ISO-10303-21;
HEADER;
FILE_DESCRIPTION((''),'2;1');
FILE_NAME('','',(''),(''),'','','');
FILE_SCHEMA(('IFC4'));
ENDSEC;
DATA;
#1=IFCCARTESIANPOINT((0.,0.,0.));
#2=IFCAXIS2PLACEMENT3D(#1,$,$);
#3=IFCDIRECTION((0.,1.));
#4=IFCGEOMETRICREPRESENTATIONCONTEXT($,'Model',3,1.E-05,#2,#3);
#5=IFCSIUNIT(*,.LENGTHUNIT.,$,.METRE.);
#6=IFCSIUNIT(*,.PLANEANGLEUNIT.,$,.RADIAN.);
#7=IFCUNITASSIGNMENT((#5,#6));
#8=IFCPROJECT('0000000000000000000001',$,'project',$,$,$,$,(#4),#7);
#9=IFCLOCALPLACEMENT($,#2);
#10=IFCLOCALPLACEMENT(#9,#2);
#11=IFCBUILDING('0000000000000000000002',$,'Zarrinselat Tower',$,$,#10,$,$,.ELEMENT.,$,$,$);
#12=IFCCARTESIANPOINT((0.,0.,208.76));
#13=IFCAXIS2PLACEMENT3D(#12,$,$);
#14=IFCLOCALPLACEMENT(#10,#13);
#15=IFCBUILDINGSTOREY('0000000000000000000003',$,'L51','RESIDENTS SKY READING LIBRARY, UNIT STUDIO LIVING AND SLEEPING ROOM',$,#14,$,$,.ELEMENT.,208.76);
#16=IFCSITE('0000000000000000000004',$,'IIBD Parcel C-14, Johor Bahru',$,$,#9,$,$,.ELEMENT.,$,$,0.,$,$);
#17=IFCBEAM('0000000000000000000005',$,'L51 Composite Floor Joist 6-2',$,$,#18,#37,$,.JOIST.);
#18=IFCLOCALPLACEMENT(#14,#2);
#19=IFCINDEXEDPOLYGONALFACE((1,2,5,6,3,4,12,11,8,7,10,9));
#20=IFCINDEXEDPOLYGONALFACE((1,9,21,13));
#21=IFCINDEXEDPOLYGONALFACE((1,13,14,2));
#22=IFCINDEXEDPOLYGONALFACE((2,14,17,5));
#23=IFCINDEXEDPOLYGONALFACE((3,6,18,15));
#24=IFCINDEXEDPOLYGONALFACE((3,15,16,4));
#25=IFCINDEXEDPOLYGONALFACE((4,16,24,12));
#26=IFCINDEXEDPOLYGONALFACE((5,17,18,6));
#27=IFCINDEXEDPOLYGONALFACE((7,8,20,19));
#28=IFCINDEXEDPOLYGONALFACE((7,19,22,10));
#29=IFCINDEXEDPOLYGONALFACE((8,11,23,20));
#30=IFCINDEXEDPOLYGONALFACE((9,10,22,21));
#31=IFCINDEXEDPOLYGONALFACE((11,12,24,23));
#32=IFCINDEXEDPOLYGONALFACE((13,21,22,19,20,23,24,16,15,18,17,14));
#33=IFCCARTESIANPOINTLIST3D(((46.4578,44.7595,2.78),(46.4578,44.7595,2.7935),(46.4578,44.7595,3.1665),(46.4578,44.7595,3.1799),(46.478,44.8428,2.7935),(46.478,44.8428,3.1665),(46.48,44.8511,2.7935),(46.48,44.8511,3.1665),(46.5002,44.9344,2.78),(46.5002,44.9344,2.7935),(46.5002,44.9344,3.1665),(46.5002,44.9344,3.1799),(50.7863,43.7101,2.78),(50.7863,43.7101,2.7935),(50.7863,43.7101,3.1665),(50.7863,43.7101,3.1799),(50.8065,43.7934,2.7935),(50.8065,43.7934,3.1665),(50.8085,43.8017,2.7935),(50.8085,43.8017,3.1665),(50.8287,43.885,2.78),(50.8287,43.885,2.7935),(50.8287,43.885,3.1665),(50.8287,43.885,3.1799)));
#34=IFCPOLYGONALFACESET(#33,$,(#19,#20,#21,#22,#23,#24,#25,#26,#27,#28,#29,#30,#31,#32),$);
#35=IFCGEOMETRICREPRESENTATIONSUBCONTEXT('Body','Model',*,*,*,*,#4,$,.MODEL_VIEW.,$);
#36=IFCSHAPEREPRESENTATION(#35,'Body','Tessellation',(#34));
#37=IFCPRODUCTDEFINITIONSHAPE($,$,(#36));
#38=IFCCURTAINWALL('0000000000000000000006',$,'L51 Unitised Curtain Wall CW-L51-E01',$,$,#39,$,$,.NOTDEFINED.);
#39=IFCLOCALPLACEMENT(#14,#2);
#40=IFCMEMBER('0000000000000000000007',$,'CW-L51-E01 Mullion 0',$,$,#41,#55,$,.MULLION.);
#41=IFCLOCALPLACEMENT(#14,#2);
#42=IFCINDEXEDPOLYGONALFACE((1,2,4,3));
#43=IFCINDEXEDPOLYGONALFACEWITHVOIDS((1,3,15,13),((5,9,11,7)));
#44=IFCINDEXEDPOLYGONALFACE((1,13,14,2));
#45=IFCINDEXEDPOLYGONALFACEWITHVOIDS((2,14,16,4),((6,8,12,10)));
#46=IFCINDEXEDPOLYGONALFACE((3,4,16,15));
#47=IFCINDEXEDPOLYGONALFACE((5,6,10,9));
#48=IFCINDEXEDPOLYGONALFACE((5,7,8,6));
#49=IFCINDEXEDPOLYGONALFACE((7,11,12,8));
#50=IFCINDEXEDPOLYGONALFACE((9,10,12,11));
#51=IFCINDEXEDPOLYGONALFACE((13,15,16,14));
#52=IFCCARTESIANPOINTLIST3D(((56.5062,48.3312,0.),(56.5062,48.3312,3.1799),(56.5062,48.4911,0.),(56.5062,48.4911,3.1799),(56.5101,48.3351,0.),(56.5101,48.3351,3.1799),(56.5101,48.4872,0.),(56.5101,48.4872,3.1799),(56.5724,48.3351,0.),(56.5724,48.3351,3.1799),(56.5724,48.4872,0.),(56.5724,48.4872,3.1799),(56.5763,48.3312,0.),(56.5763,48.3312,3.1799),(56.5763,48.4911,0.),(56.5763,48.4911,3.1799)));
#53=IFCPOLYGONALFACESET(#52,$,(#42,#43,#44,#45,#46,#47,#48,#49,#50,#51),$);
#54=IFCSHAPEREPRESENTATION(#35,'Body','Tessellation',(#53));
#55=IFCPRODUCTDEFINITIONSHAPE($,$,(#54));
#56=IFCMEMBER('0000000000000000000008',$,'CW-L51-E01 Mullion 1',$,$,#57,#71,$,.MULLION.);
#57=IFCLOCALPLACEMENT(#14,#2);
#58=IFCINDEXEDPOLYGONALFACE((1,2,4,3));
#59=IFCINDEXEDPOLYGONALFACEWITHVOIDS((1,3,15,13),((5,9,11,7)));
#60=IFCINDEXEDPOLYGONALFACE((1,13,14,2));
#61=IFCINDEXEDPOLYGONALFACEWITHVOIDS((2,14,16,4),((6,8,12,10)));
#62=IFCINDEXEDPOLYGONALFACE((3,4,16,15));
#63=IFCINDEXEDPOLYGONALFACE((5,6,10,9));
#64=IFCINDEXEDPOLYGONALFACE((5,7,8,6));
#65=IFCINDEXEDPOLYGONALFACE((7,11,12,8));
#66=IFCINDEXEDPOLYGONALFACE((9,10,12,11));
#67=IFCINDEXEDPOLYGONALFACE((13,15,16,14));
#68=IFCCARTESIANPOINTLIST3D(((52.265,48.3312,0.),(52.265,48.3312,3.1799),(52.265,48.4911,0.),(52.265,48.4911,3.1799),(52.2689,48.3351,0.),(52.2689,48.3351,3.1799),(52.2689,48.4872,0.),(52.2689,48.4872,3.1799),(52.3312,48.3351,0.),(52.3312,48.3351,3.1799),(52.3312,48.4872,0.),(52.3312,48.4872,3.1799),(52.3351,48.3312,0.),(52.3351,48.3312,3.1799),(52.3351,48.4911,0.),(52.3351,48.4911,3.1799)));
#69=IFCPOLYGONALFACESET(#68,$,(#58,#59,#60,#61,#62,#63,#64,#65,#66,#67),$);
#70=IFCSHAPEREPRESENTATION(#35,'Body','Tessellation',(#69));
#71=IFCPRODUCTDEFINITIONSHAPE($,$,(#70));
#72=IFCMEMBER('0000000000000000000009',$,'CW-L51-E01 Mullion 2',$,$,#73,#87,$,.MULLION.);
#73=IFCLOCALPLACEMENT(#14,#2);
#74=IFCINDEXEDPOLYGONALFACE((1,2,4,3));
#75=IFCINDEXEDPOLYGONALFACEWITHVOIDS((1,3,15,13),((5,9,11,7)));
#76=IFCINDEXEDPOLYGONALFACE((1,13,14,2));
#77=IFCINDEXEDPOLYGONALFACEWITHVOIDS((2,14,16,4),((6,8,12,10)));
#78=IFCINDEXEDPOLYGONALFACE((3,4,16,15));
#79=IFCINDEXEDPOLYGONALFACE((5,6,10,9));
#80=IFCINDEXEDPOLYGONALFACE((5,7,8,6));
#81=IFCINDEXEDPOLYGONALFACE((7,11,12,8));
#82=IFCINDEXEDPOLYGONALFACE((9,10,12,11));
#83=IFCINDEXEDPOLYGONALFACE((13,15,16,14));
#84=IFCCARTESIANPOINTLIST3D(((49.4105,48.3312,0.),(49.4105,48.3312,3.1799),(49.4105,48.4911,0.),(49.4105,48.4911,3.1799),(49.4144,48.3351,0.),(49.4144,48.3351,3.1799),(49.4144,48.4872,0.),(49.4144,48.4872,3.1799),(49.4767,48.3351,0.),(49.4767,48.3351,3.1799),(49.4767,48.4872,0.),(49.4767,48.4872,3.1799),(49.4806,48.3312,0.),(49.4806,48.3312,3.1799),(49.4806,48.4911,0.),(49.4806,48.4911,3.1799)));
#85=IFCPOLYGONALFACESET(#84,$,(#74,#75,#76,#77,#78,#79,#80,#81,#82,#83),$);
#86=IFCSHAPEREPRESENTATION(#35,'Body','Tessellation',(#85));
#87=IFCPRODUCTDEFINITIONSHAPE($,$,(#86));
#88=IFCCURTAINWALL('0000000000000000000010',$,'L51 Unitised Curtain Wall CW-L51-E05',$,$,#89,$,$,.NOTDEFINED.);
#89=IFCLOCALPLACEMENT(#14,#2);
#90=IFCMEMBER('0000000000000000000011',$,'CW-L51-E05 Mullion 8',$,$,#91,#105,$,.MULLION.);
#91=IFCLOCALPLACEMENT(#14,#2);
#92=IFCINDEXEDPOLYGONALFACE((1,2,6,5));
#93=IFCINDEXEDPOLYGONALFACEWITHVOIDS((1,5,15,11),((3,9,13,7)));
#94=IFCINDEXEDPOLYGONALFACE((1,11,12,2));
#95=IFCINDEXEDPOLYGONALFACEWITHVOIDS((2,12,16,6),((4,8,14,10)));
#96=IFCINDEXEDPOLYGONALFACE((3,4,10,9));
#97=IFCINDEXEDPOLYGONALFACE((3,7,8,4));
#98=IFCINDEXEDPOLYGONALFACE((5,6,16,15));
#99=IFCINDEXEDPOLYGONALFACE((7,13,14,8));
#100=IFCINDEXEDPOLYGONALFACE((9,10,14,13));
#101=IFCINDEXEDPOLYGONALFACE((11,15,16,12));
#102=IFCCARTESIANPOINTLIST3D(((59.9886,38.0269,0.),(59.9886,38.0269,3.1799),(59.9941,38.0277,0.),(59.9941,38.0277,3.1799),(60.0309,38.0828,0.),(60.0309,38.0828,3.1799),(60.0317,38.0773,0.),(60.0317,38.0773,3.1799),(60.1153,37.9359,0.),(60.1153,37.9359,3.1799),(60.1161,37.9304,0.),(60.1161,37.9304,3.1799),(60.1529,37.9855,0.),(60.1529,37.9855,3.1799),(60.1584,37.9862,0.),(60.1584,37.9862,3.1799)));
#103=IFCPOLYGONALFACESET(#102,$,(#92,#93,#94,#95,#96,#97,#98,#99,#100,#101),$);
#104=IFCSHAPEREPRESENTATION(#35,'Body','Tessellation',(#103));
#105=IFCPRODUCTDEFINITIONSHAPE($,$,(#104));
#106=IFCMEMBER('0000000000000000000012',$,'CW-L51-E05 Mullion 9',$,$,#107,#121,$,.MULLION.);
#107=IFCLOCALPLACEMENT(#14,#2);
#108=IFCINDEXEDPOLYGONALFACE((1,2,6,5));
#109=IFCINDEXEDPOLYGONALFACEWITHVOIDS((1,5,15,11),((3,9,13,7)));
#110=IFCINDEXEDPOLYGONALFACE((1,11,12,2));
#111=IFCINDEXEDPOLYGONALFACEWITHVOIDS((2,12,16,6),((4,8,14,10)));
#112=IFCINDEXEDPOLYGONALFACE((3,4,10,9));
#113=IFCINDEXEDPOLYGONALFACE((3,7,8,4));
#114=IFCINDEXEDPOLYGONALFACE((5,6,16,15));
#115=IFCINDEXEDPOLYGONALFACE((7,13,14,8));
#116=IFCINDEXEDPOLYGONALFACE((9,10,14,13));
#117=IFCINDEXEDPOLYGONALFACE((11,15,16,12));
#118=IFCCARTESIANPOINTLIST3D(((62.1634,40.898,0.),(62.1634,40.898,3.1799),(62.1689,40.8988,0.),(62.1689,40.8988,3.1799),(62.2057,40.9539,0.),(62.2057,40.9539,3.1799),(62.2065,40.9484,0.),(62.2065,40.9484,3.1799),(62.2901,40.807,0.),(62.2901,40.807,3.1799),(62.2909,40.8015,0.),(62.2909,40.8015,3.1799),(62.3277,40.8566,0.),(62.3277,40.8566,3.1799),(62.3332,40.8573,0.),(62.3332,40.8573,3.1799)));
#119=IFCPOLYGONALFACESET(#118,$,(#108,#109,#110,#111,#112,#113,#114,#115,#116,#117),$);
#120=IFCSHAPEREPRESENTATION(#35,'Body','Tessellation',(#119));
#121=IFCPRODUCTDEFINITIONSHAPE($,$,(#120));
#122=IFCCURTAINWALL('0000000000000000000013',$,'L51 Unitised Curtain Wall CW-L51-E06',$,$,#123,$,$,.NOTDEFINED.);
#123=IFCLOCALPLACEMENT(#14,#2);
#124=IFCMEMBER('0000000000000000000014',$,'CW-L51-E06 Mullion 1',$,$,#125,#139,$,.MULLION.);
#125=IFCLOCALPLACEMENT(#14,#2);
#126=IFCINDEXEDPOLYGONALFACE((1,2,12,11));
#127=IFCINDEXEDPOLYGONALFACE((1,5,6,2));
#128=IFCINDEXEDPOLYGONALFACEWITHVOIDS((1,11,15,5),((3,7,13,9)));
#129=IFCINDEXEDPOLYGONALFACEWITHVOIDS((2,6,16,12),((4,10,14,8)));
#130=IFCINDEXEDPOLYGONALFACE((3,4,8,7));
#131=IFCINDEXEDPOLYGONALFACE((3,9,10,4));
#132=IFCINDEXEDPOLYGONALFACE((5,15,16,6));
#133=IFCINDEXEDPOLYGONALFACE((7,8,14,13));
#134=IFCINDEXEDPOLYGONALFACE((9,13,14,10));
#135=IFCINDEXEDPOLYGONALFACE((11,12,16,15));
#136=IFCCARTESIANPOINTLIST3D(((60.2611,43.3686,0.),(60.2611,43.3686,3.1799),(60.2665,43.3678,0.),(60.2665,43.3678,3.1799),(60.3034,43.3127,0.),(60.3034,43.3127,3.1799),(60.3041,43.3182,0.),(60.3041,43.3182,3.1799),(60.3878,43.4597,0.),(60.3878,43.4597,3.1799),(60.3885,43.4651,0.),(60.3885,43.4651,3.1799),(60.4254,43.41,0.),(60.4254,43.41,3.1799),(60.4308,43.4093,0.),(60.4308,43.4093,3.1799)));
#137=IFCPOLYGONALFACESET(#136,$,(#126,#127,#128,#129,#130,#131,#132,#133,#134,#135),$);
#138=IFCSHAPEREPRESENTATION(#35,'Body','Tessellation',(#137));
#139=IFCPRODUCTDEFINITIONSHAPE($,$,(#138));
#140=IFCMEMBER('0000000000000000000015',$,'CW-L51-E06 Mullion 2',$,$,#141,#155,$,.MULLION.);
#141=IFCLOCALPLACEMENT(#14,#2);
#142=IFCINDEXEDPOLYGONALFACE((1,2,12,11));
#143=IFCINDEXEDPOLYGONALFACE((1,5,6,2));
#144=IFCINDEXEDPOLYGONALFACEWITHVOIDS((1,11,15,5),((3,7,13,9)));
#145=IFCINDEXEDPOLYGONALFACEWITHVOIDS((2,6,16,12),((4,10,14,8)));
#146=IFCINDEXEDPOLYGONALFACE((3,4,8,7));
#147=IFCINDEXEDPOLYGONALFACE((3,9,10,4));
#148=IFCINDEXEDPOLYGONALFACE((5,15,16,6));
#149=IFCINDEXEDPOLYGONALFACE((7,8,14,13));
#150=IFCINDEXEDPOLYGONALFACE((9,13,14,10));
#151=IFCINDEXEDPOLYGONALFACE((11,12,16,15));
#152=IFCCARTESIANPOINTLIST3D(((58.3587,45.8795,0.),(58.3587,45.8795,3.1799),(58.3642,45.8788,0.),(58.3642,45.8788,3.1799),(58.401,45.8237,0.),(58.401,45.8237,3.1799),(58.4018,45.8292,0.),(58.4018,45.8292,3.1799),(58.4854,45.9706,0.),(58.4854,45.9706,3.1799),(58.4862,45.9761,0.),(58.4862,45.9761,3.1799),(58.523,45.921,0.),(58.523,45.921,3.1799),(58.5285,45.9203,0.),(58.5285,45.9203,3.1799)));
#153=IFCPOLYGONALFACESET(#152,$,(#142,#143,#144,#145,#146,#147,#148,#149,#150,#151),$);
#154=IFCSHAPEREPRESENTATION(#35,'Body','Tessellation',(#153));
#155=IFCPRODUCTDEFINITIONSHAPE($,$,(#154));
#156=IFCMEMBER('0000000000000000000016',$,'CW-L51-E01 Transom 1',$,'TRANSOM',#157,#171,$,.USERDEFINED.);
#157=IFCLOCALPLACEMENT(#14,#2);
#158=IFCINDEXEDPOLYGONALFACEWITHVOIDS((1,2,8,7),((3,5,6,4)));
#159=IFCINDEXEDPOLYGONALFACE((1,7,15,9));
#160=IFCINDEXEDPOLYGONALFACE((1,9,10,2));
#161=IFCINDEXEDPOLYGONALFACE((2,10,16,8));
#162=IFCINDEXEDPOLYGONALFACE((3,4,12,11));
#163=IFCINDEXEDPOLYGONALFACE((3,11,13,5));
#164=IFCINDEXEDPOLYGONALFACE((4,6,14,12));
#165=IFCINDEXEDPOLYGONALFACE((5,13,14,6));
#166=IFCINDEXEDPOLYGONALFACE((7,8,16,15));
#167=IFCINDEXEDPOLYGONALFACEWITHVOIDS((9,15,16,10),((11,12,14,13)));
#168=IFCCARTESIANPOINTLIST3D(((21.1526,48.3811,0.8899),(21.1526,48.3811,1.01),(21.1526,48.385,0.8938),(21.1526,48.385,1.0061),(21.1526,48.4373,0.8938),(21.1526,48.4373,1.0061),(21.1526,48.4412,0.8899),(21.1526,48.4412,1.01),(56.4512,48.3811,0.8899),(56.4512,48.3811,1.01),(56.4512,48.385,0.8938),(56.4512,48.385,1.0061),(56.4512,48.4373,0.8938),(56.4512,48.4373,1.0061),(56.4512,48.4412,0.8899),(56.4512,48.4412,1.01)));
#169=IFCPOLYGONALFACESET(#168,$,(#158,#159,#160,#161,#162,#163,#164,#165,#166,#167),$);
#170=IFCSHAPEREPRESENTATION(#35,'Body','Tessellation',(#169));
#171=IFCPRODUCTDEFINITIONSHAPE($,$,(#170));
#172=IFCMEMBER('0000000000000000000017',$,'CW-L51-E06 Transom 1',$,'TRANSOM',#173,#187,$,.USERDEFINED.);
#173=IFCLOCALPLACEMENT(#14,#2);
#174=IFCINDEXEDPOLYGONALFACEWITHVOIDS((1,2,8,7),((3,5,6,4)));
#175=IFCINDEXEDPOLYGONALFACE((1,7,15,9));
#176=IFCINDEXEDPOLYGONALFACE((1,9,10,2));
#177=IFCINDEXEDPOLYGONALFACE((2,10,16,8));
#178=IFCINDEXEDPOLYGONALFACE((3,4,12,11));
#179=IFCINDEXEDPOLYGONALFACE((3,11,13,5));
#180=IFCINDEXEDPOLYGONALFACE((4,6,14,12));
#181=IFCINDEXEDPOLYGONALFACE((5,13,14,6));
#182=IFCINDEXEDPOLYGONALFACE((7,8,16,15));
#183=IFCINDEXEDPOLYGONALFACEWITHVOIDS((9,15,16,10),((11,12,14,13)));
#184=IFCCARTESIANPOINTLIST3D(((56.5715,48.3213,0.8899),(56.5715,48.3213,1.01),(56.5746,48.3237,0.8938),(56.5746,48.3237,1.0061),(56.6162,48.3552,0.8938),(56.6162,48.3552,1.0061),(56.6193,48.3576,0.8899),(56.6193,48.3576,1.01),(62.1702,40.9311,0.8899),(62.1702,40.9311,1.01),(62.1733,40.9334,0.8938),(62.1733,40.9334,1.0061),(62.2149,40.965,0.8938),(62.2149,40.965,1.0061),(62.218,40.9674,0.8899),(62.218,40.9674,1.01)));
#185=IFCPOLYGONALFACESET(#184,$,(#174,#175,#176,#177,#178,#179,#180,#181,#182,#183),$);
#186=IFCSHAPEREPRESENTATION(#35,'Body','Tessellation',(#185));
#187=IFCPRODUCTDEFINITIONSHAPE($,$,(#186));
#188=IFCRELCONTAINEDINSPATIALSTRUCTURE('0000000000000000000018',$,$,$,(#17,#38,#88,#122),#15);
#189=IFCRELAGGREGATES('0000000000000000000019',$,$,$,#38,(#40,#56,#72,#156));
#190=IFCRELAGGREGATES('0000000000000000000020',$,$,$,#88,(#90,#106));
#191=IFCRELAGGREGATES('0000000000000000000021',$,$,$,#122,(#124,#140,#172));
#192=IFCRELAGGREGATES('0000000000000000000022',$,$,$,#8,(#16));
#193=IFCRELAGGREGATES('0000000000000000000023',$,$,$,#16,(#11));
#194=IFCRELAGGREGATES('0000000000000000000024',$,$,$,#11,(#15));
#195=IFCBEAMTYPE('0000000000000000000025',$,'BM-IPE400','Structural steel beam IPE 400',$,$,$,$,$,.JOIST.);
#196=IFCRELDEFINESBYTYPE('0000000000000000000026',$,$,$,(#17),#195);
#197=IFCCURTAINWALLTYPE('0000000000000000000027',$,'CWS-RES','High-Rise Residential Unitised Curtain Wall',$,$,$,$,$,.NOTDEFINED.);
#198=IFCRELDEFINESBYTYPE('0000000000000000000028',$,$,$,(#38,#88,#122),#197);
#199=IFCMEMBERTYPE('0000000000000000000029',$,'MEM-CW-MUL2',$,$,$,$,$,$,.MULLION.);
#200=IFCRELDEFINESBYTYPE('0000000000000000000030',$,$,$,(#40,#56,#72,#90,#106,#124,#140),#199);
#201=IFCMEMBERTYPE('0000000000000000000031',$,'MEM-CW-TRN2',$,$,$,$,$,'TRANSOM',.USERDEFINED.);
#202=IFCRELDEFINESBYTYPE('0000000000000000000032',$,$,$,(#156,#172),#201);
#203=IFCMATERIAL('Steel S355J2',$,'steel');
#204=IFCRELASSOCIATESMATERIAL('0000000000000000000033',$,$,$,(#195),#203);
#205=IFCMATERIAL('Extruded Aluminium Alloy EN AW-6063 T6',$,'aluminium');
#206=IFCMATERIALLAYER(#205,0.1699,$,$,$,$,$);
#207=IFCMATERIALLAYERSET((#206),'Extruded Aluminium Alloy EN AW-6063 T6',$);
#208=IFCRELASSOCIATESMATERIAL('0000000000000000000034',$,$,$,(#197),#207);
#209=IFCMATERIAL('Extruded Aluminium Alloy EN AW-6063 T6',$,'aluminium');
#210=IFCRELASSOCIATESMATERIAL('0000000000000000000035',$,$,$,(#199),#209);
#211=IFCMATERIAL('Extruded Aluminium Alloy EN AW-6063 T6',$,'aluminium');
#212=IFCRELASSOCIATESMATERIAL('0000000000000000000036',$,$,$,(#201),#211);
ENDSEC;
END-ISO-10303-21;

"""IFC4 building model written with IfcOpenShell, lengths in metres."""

from ifc_helpers import new_model, si_unit, direction, frame, origin, origin_2d, place, context, subcontext, project, spatial, hollow_rectangle, i_section, extrude, material, layer, layer_set, material_profile, profile_set, type_object, element, aggregate, save


model = new_model("IFC4")

# Units and contexts
model_context = context("Model", 3, precision=1e-05, world=origin(), true_north=direction((0.0, 1.0)))
body_context = subcontext(model_context, "Body", "Model", "MODEL_VIEW")
ifc_project = project(units=[si_unit("LENGTHUNIT", "METRE"), si_unit("PLANEANGLEUNIT", "RADIAN")], contexts=[model_context])

# Site, building, storey
site_placement = place(None, origin())
site = spatial("IfcSite", under=ifc_project, at=site_placement, Name="IIBD Parcel C-14, Johor Bahru", CompositionType="ELEMENT", RefElevation=0.0)
building_placement = place(site_placement, origin())
building = spatial("IfcBuilding", under=site, at=building_placement, Name="Zarrinselat Tower", CompositionType="ELEMENT")
storey_placement = place(building_placement, frame((0.0, 0.0, 208.76)))
storey = spatial("IfcBuildingStorey", under=building, at=storey_placement, Name="L51", Description="RESIDENTS SKY READING LIBRARY, UNIT STUDIO LIVING AND SLEEPING ROOM", CompositionType="ELEMENT", Elevation=208.76)

# Beam
ifc_material_1 = material(Name="Steel S355J2", Category="steel")
ifc_material_profile_1 = material_profile(ifc_material_1, i_section(OverallWidth=0.1799, OverallDepth=0.3999, WebThickness=0.0085, FlangeThickness=0.0134, at=origin_2d()), Name="IPE 400")
ifc_profile_set_1 = profile_set([ifc_material_profile_1], Name="Steel S355J2")
beam_type_1 = type_object("IfcBeamType", Name="BM-IPE400", Description="Structural steel beam IPE 400", PredefinedType="JOIST", material=ifc_profile_set_1)
beam_1_placement = place(storey_placement, frame((46.479, 44.8469, 2.98), z_axis=(0.971849, -0.235603, 0.0), x_axis=(0.235603, 0.971849, 0.0)))
element("IfcBeam", 1, at=beam_1_placement, inside=storey, type_object=beam_type_1, Name="L51 Composite Floor Joist 6-2", PredefinedType="JOIST", context=body_context, shape_type="SweptSolid", body=[
    extrude(i_section(OverallWidth=0.1799, OverallDepth=0.3999, WebThickness=0.0085, FlangeThickness=0.0134, at=origin_2d()), origin(), (0.0, 0.0, 1.0), 4.4539),
])

# Curtain walls, members
ifc_material_2 = material(Name="Extruded Aluminium Alloy EN AW-6063 T6", Category="aluminium")
ifc_layer_1 = layer(ifc_material_2, 0.1699)
ifc_layer_set_1 = layer_set([ifc_layer_1], Name="Extruded Aluminium Alloy EN AW-6063 T6")
curtain_wall_type = type_object("IfcCurtainWallType", Name="CWS-RES", Description="High-Rise Residential Unitised Curtain Wall", PredefinedType="NOTDEFINED", material=ifc_layer_set_1)
curtain_wall_1_placement = place(storey_placement, origin())
curtain_wall_1 = element("IfcCurtainWall", 2, at=curtain_wall_1_placement, inside=storey, type_object=curtain_wall_type, Name="L51 Unitised Curtain Wall CW-L51-E01", PredefinedType="NOTDEFINED")
ifc_material_3 = material(Name="Extruded Aluminium Alloy EN AW-6063 T6", Category="aluminium")
ifc_material_profile_2 = material_profile(ifc_material_3, hollow_rectangle(XDim=0.0701, YDim=0.1599, WallThickness=0.0039, at=origin_2d()), Name="RHS 160x70x4")
ifc_profile_set_2 = profile_set([ifc_material_profile_2], Name="Extruded Aluminium Alloy EN AW-6063 T6")
member_type_1 = type_object("IfcMemberType", Name="MEM-CW-MUL2", PredefinedType="MULLION", material=ifc_profile_set_2)
member_1_placement = place(storey_placement, frame((56.5413, 48.4111, 0.0), z_axis=(0.0, 0.0, 1.0), x_axis=(-1.0, 0.0, 0.0)))
member_1 = element("IfcMember", 3, at=member_1_placement, type_object=member_type_1, Name="CW-L51-E01 Mullion 0", PredefinedType="MULLION", context=body_context, shape_type="SweptSolid", body=[
    extrude(hollow_rectangle(XDim=0.0701, YDim=0.1599, WallThickness=0.0039, at=origin_2d()), origin(), (0.0, 0.0, 1.0), 3.1799),
])
member_2_placement = place(storey_placement, frame((52.3, 48.4111, 0.0), z_axis=(0.0, 0.0, 1.0), x_axis=(-1.0, 0.0, 0.0)))
member_2 = element("IfcMember", 4, at=member_2_placement, type_object=member_type_1, Name="CW-L51-E01 Mullion 1", PredefinedType="MULLION", context=body_context, shape_type="SweptSolid", body=[
    extrude(hollow_rectangle(XDim=0.0701, YDim=0.1599, WallThickness=0.0039, at=origin_2d()), origin(), (0.0, 0.0, 1.0), 3.1799),
])
member_3_placement = place(storey_placement, frame((49.4456, 48.4111, 0.0), z_axis=(0.0, 0.0, 1.0), x_axis=(-1.0, 0.0, 0.0)))
member_3 = element("IfcMember", 5, at=member_3_placement, type_object=member_type_1, Name="CW-L51-E01 Mullion 2", PredefinedType="MULLION", context=body_context, shape_type="SweptSolid", body=[
    extrude(hollow_rectangle(XDim=0.0701, YDim=0.1599, WallThickness=0.0039, at=origin_2d()), origin(), (0.0, 0.0, 1.0), 3.1799),
])
curtain_wall_2_placement = place(storey_placement, origin())
curtain_wall_2 = element("IfcCurtainWall", 6, at=curtain_wall_2_placement, inside=storey, type_object=curtain_wall_type, Name="L51 Unitised Curtain Wall CW-L51-E05", PredefinedType="NOTDEFINED")
member_4_placement = place(storey_placement, frame((60.0735, 38.0066, 0.0), z_axis=(0.0, 0.0, 1.0), x_axis=(0.603859, 0.797091, 0.0)))
member_4 = element("IfcMember", 7, at=member_4_placement, type_object=member_type_1, Name="CW-L51-E05 Mullion 8", PredefinedType="MULLION", context=body_context, shape_type="SweptSolid", body=[
    extrude(hollow_rectangle(XDim=0.0701, YDim=0.1599, WallThickness=0.0039, at=origin_2d()), origin(), (0.0, 0.0, 1.0), 3.1799),
])
member_5_placement = place(storey_placement, frame((62.2483, 40.8777, 0.0), z_axis=(0.0, 0.0, 1.0), x_axis=(0.603859, 0.797091, 0.0)))
member_5 = element("IfcMember", 8, at=member_5_placement, type_object=member_type_1, Name="CW-L51-E05 Mullion 9", PredefinedType="MULLION", context=body_context, shape_type="SweptSolid", body=[
    extrude(hollow_rectangle(XDim=0.0701, YDim=0.1599, WallThickness=0.0039, at=origin_2d()), origin(), (0.0, 0.0, 1.0), 3.1799),
])
curtain_wall_3_placement = place(storey_placement, origin())
curtain_wall_3 = element("IfcCurtainWall", 9, at=curtain_wall_3_placement, inside=storey, type_object=curtain_wall_type, Name="L51 Unitised Curtain Wall CW-L51-E06", PredefinedType="NOTDEFINED")
member_6_placement = place(storey_placement, frame((60.3459, 43.3889, 0.0), z_axis=(0.0, 0.0, 1.0), x_axis=(-0.603858, 0.797092, 0.0)))
member_6 = element("IfcMember", 10, at=member_6_placement, type_object=member_type_1, Name="CW-L51-E06 Mullion 1", PredefinedType="MULLION", context=body_context, shape_type="SweptSolid", body=[
    extrude(hollow_rectangle(XDim=0.0701, YDim=0.1599, WallThickness=0.0039, at=origin_2d()), origin(), (0.0, 0.0, 1.0), 3.1799),
])
member_7_placement = place(storey_placement, frame((58.4436, 45.8999, 0.0), z_axis=(0.0, 0.0, 1.0), x_axis=(-0.603858, 0.797092, 0.0)))
member_7 = element("IfcMember", 11, at=member_7_placement, type_object=member_type_1, Name="CW-L51-E06 Mullion 2", PredefinedType="MULLION", context=body_context, shape_type="SweptSolid", body=[
    extrude(hollow_rectangle(XDim=0.0701, YDim=0.1599, WallThickness=0.0039, at=origin_2d()), origin(), (0.0, 0.0, 1.0), 3.1799),
])

# Members
ifc_material_4 = material(Name="Extruded Aluminium Alloy EN AW-6063 T6", Category="aluminium")
ifc_material_profile_3 = material_profile(ifc_material_4, hollow_rectangle(XDim=0.0601, YDim=0.1201, WallThickness=0.0039, at=origin_2d()), Name="RHS 120x60x4")
ifc_profile_set_3 = profile_set([ifc_material_profile_3], Name="Extruded Aluminium Alloy EN AW-6063 T6")
member_type_2 = type_object("IfcMemberType", Name="MEM-CW-TRN2", ElementType="TRANSOM", PredefinedType="USERDEFINED", material=ifc_profile_set_3)
member_8_placement = place(storey_placement, frame((56.4512, 48.4111, 0.95), z_axis=(-1.0, 0.0, 0.0), x_axis=(0.0, -1.0, 0.0)))
member_8 = element("IfcMember", 12, at=member_8_placement, type_object=member_type_2, Name="CW-L51-E01 Transom 1", ObjectType="TRANSOM", PredefinedType="USERDEFINED", context=body_context, shape_type="SweptSolid", body=[
    extrude(hollow_rectangle(XDim=0.0601, YDim=0.1201, WallThickness=0.0039, at=origin_2d()), origin(), (0.0, 0.0, 1.0), 35.2986),
])
member_9_placement = place(storey_placement, frame((62.1941, 40.9492, 0.95), z_axis=(-0.603861, 0.79709, 0.0), x_axis=(-0.79709, -0.603861, 0.0)))
member_9 = element("IfcMember", 13, at=member_9_placement, type_object=member_type_2, Name="CW-L51-E06 Transom 1", ObjectType="TRANSOM", PredefinedType="USERDEFINED", context=body_context, shape_type="SweptSolid", body=[
    extrude(hollow_rectangle(XDim=0.0601, YDim=0.1201, WallThickness=0.0039, at=origin_2d()), origin(), (0.0, 0.0, 1.0), 9.2715),
])

aggregate(curtain_wall_1, [member_1, member_2, member_3, member_8])
aggregate(curtain_wall_2, [member_4, member_5])
aggregate(curtain_wall_3, [member_6, member_7, member_9])

save(model, "model.ifc")
